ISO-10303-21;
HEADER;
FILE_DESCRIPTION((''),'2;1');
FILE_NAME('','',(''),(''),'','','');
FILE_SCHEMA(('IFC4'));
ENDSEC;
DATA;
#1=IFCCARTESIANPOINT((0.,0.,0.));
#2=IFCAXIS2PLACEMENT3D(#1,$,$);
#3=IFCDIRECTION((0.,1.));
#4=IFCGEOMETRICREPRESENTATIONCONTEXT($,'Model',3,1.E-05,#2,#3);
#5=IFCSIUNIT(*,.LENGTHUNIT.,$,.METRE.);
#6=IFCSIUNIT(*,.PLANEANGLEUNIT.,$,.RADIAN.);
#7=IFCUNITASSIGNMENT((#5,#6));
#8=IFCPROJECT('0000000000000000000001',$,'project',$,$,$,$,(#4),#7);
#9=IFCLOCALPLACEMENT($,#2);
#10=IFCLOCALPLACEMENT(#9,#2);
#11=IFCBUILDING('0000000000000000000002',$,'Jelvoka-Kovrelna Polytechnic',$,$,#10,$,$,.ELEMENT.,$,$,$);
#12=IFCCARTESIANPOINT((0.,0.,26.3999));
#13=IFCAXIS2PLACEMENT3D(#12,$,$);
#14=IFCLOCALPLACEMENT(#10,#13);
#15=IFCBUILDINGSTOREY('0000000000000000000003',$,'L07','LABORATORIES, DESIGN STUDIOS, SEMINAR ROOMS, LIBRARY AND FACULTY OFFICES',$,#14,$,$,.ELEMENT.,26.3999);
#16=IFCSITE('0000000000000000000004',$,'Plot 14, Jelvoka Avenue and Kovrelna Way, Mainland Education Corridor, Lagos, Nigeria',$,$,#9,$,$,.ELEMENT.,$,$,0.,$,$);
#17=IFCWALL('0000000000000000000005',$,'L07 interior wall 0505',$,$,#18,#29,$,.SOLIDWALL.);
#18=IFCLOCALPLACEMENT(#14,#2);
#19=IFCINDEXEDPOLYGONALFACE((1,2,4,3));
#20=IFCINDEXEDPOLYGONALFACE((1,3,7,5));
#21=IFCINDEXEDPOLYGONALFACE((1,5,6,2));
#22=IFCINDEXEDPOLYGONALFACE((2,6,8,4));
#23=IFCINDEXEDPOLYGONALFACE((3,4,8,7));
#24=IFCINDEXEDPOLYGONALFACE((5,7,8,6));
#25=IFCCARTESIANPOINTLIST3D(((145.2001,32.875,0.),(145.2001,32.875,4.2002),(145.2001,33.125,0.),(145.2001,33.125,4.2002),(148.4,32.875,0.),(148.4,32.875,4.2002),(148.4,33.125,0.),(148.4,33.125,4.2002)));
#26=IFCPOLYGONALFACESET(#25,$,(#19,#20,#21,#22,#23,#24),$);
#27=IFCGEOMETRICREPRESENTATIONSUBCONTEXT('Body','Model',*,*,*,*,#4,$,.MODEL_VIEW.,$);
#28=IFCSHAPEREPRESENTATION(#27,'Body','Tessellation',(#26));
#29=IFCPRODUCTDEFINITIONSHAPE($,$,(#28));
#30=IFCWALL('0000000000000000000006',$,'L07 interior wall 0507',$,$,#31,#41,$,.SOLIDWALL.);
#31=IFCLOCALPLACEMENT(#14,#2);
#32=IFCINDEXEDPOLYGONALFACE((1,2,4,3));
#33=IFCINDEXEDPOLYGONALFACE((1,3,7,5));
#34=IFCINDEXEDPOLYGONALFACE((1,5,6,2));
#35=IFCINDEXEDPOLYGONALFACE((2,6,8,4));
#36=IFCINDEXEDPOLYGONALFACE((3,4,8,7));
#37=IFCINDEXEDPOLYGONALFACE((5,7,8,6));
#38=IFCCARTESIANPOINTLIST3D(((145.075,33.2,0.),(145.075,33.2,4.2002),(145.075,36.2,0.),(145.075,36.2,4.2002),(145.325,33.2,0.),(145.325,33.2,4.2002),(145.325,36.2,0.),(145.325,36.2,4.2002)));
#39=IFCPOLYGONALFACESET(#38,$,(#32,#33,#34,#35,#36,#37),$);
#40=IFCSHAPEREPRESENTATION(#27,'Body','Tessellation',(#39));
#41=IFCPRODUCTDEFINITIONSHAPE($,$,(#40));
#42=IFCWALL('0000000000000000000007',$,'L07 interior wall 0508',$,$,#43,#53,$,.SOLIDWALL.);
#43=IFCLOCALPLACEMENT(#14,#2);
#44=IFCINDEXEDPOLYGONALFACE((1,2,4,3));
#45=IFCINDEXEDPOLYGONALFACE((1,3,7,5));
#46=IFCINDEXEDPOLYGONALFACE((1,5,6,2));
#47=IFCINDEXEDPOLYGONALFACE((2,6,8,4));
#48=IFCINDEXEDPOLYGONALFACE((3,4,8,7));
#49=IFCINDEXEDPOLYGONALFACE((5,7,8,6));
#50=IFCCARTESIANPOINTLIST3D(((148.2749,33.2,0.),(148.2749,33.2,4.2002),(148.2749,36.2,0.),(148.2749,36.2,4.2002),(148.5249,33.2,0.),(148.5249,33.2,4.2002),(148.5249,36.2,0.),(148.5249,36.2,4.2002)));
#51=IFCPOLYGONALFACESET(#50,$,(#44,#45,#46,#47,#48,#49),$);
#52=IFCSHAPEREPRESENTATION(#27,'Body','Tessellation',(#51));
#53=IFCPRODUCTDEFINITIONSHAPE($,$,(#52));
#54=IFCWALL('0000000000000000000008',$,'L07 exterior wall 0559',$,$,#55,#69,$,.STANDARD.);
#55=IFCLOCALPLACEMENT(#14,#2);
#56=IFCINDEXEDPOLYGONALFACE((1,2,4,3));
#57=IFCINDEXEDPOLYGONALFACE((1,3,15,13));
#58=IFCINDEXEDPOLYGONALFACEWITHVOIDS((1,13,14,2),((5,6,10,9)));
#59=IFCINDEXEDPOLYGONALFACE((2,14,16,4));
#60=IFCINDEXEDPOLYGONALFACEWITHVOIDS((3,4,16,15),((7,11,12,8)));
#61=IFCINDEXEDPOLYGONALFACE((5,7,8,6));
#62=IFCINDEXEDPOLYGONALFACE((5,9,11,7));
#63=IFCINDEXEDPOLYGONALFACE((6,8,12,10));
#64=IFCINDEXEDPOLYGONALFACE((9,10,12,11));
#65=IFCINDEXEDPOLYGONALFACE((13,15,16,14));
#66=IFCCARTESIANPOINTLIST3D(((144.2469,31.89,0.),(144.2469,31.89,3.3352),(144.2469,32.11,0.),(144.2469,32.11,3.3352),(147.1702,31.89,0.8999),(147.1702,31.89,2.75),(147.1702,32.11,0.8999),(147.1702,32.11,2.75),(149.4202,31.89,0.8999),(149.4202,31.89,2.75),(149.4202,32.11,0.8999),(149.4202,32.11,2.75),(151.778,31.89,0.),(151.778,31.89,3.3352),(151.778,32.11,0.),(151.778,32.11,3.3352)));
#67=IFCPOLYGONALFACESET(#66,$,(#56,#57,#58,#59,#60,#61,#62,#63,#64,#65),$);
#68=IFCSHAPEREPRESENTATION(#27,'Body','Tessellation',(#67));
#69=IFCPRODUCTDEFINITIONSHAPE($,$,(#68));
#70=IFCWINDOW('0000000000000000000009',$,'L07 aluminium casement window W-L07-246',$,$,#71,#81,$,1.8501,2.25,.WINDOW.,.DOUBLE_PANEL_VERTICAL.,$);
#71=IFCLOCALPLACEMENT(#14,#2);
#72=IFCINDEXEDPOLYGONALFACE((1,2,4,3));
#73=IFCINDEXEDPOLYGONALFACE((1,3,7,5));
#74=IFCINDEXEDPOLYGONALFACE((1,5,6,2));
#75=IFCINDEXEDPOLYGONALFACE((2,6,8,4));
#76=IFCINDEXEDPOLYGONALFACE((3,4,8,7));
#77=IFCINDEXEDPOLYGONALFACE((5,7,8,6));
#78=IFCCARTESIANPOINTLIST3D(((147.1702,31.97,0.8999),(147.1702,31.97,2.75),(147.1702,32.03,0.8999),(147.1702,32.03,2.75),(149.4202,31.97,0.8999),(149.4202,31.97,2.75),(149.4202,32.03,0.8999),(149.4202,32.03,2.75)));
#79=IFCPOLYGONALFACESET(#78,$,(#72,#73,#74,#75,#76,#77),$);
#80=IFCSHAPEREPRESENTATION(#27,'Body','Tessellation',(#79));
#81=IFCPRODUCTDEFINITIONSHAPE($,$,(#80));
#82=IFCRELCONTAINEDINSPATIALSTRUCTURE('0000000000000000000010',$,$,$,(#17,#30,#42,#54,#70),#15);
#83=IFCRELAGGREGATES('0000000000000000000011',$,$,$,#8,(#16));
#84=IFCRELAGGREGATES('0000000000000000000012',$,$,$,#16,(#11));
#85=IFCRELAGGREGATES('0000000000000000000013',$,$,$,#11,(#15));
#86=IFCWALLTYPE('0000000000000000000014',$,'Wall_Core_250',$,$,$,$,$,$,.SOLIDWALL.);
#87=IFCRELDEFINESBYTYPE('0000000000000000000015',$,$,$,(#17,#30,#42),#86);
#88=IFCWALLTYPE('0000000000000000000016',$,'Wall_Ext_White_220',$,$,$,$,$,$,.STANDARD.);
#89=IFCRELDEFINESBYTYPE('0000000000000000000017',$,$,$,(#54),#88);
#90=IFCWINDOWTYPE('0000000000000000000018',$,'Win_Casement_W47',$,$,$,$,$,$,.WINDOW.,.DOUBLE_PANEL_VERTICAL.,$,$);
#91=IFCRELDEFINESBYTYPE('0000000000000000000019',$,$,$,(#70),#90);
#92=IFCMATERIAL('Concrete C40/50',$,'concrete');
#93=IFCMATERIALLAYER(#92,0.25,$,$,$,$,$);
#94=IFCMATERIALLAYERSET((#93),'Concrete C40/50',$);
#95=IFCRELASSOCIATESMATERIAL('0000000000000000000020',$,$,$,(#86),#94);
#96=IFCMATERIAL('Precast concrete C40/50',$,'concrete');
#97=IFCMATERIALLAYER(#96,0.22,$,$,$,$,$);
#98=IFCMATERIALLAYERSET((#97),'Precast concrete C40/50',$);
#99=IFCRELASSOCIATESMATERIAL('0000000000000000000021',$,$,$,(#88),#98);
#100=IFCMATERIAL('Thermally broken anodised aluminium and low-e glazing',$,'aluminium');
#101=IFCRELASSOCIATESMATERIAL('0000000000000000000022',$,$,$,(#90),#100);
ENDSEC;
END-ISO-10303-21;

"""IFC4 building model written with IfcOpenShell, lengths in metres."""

from ifc_helpers import new_model, si_unit, direction, frame, frame_2d, origin, place, context, subcontext, project, spatial, rectangle, extrude, material, layer, layer_set, type_object, element, fill, save


model = new_model("IFC4")

# Units and contexts
model_context = context("Model", 3, precision=1e-05, world=origin(), true_north=direction((0.0, 1.0)))
body_context = subcontext(model_context, "Body", "Model", "MODEL_VIEW")
ifc_project = project(units=[si_unit("LENGTHUNIT", "METRE"), si_unit("PLANEANGLEUNIT", "RADIAN")], contexts=[model_context])

# Site, building, storey
site_placement = place(None, origin())
site = spatial("IfcSite", under=ifc_project, at=site_placement, Name="Plot 14, Jelvoka Avenue and Kovrelna Way, Mainland Education Corridor, Lagos, Nigeria", CompositionType="ELEMENT", RefElevation=0.0)
building_placement = place(site_placement, origin())
building = spatial("IfcBuilding", under=site, at=building_placement, Name="Jelvoka-Kovrelna Polytechnic", CompositionType="ELEMENT")
storey_placement = place(building_placement, frame((0.0, 0.0, 26.3999)))
storey = spatial("IfcBuildingStorey", under=building, at=storey_placement, Name="L07", Description="LABORATORIES, DESIGN STUDIOS, SEMINAR ROOMS, LIBRARY AND FACULTY OFFICES", CompositionType="ELEMENT", Elevation=26.3999)

# Wall
ifc_material_1 = material(Name="Concrete C40/50", Category="concrete")
ifc_layer_1 = layer(ifc_material_1, 0.25)
ifc_layer_set_1 = layer_set([ifc_layer_1], Name="Concrete C40/50")
wall_type_1 = type_object("IfcWallType", Name="Wall_Core_250", PredefinedType="SOLIDWALL", material=ifc_layer_set_1)
wall_1_placement = place(storey_placement, frame((145.2, 33.0, 0.0), z_axis=(0.0, 0.0, 1.0), x_axis=(1.0, 0.0, 0.0)))
element("IfcWall", 1, at=wall_1_placement, inside=storey, type_object=wall_type_1, Name="L07 interior wall 0505", PredefinedType="SOLIDWALL", context=body_context, shape_type="SweptSolid", body=[
    extrude(rectangle(XDim=3.2, YDim=0.25, at=frame_2d((1.6001, 0.0))), origin(), (0.0, 0.0, 1.0), 4.2002),
])

# Walls
for number, where, z_axis, x_axis, name in (
    (2, (145.2, 33.2, 0.0), (0.0, 0.0, 1.0), (0.0, 1.0, 0.0), "L07 interior wall 0507"),
    (3, (148.3999, 33.2, 0.0), (0.0, 0.0, 1.0), (0.0, 1.0, 0.0), "L07 interior wall 0508"),
):
    element("IfcWall", number, at=place(storey_placement, frame(where, z_axis=z_axis, x_axis=x_axis)), inside=storey, type_object=wall_type_1, Name=name, PredefinedType="SOLIDWALL", context=body_context, shape_type="SweptSolid", body=[
        extrude(rectangle(XDim=3.0, YDim=0.25, at=frame_2d((1.5, 0.0))), origin(), (0.0, 0.0, 1.0), 4.2002),
    ])

# Wall, opening, window
ifc_material_2 = material(Name="Precast concrete C40/50", Category="concrete")
ifc_layer_2 = layer(ifc_material_2, 0.22)
ifc_layer_set_2 = layer_set([ifc_layer_2], Name="Precast concrete C40/50")
wall_type_2 = type_object("IfcWallType", Name="Wall_Ext_White_220", PredefinedType="STANDARD", material=ifc_layer_set_2)
wall_2_placement = place(storey_placement, frame((151.7781, 32.0, 0.0), z_axis=(0.0, 0.0, 1.0), x_axis=(-1.0, 0.0, 0.0)))
wall_2 = element("IfcWall", 4, at=wall_2_placement, inside=storey, type_object=wall_type_2, Name="L07 exterior wall 0559", PredefinedType="STANDARD", context=body_context, shape_type="SweptSolid", body=[
    extrude(rectangle(XDim=7.531, YDim=0.22, at=frame_2d((3.7656, 0.0))), origin(), (0.0, 0.0, 1.0), 3.3352),
])
opening_1_placement = place(wall_2_placement, frame((2.3579, 0.0, 0.8999)))
opening_1 = element("IfcOpeningElement", 5, at=opening_1_placement, cuts=wall_2, PredefinedType="OPENING", context=body_context, shape_type="SweptSolid", body=[
    extrude(rectangle(XDim=2.25, YDim=1.8501, at=frame_2d((1.125, 0.925))), frame((0.0, 0.1199, 0.0), z_axis=(0.0, -1.0, 0.0), x_axis=(1.0, 0.0, 0.0)), (0.0, 0.0, 1.0), 0.24),
])
ifc_material_3 = material(Name="Thermally broken anodised aluminium and low-e glazing", Category="aluminium")
window_type = type_object("IfcWindowType", Name="Win_Casement_W47", PartitioningType="DOUBLE_PANEL_VERTICAL", PredefinedType="WINDOW", material=ifc_material_3)
window_placement = place(opening_1_placement, origin())
window = element("IfcWindow", 6, at=window_placement, inside=storey, type_object=window_type, Name="L07 aluminium casement window W-L07-246", OverallHeight=1.8501, OverallWidth=2.25, PartitioningType="DOUBLE_PANEL_VERTICAL", PredefinedType="WINDOW", context=body_context, shape_type="SweptSolid", body=[
    extrude(rectangle(XDim=2.25, YDim=1.8501, at=frame_2d((1.125, 0.925))), frame((0.0, 0.03, 0.0), z_axis=(0.0, -1.0, 0.0), x_axis=(1.0, 0.0, 0.0)), (0.0, 0.0, 1.0), 0.0601),
])
fill(opening_1, window)

save(model, "model.ifc")
